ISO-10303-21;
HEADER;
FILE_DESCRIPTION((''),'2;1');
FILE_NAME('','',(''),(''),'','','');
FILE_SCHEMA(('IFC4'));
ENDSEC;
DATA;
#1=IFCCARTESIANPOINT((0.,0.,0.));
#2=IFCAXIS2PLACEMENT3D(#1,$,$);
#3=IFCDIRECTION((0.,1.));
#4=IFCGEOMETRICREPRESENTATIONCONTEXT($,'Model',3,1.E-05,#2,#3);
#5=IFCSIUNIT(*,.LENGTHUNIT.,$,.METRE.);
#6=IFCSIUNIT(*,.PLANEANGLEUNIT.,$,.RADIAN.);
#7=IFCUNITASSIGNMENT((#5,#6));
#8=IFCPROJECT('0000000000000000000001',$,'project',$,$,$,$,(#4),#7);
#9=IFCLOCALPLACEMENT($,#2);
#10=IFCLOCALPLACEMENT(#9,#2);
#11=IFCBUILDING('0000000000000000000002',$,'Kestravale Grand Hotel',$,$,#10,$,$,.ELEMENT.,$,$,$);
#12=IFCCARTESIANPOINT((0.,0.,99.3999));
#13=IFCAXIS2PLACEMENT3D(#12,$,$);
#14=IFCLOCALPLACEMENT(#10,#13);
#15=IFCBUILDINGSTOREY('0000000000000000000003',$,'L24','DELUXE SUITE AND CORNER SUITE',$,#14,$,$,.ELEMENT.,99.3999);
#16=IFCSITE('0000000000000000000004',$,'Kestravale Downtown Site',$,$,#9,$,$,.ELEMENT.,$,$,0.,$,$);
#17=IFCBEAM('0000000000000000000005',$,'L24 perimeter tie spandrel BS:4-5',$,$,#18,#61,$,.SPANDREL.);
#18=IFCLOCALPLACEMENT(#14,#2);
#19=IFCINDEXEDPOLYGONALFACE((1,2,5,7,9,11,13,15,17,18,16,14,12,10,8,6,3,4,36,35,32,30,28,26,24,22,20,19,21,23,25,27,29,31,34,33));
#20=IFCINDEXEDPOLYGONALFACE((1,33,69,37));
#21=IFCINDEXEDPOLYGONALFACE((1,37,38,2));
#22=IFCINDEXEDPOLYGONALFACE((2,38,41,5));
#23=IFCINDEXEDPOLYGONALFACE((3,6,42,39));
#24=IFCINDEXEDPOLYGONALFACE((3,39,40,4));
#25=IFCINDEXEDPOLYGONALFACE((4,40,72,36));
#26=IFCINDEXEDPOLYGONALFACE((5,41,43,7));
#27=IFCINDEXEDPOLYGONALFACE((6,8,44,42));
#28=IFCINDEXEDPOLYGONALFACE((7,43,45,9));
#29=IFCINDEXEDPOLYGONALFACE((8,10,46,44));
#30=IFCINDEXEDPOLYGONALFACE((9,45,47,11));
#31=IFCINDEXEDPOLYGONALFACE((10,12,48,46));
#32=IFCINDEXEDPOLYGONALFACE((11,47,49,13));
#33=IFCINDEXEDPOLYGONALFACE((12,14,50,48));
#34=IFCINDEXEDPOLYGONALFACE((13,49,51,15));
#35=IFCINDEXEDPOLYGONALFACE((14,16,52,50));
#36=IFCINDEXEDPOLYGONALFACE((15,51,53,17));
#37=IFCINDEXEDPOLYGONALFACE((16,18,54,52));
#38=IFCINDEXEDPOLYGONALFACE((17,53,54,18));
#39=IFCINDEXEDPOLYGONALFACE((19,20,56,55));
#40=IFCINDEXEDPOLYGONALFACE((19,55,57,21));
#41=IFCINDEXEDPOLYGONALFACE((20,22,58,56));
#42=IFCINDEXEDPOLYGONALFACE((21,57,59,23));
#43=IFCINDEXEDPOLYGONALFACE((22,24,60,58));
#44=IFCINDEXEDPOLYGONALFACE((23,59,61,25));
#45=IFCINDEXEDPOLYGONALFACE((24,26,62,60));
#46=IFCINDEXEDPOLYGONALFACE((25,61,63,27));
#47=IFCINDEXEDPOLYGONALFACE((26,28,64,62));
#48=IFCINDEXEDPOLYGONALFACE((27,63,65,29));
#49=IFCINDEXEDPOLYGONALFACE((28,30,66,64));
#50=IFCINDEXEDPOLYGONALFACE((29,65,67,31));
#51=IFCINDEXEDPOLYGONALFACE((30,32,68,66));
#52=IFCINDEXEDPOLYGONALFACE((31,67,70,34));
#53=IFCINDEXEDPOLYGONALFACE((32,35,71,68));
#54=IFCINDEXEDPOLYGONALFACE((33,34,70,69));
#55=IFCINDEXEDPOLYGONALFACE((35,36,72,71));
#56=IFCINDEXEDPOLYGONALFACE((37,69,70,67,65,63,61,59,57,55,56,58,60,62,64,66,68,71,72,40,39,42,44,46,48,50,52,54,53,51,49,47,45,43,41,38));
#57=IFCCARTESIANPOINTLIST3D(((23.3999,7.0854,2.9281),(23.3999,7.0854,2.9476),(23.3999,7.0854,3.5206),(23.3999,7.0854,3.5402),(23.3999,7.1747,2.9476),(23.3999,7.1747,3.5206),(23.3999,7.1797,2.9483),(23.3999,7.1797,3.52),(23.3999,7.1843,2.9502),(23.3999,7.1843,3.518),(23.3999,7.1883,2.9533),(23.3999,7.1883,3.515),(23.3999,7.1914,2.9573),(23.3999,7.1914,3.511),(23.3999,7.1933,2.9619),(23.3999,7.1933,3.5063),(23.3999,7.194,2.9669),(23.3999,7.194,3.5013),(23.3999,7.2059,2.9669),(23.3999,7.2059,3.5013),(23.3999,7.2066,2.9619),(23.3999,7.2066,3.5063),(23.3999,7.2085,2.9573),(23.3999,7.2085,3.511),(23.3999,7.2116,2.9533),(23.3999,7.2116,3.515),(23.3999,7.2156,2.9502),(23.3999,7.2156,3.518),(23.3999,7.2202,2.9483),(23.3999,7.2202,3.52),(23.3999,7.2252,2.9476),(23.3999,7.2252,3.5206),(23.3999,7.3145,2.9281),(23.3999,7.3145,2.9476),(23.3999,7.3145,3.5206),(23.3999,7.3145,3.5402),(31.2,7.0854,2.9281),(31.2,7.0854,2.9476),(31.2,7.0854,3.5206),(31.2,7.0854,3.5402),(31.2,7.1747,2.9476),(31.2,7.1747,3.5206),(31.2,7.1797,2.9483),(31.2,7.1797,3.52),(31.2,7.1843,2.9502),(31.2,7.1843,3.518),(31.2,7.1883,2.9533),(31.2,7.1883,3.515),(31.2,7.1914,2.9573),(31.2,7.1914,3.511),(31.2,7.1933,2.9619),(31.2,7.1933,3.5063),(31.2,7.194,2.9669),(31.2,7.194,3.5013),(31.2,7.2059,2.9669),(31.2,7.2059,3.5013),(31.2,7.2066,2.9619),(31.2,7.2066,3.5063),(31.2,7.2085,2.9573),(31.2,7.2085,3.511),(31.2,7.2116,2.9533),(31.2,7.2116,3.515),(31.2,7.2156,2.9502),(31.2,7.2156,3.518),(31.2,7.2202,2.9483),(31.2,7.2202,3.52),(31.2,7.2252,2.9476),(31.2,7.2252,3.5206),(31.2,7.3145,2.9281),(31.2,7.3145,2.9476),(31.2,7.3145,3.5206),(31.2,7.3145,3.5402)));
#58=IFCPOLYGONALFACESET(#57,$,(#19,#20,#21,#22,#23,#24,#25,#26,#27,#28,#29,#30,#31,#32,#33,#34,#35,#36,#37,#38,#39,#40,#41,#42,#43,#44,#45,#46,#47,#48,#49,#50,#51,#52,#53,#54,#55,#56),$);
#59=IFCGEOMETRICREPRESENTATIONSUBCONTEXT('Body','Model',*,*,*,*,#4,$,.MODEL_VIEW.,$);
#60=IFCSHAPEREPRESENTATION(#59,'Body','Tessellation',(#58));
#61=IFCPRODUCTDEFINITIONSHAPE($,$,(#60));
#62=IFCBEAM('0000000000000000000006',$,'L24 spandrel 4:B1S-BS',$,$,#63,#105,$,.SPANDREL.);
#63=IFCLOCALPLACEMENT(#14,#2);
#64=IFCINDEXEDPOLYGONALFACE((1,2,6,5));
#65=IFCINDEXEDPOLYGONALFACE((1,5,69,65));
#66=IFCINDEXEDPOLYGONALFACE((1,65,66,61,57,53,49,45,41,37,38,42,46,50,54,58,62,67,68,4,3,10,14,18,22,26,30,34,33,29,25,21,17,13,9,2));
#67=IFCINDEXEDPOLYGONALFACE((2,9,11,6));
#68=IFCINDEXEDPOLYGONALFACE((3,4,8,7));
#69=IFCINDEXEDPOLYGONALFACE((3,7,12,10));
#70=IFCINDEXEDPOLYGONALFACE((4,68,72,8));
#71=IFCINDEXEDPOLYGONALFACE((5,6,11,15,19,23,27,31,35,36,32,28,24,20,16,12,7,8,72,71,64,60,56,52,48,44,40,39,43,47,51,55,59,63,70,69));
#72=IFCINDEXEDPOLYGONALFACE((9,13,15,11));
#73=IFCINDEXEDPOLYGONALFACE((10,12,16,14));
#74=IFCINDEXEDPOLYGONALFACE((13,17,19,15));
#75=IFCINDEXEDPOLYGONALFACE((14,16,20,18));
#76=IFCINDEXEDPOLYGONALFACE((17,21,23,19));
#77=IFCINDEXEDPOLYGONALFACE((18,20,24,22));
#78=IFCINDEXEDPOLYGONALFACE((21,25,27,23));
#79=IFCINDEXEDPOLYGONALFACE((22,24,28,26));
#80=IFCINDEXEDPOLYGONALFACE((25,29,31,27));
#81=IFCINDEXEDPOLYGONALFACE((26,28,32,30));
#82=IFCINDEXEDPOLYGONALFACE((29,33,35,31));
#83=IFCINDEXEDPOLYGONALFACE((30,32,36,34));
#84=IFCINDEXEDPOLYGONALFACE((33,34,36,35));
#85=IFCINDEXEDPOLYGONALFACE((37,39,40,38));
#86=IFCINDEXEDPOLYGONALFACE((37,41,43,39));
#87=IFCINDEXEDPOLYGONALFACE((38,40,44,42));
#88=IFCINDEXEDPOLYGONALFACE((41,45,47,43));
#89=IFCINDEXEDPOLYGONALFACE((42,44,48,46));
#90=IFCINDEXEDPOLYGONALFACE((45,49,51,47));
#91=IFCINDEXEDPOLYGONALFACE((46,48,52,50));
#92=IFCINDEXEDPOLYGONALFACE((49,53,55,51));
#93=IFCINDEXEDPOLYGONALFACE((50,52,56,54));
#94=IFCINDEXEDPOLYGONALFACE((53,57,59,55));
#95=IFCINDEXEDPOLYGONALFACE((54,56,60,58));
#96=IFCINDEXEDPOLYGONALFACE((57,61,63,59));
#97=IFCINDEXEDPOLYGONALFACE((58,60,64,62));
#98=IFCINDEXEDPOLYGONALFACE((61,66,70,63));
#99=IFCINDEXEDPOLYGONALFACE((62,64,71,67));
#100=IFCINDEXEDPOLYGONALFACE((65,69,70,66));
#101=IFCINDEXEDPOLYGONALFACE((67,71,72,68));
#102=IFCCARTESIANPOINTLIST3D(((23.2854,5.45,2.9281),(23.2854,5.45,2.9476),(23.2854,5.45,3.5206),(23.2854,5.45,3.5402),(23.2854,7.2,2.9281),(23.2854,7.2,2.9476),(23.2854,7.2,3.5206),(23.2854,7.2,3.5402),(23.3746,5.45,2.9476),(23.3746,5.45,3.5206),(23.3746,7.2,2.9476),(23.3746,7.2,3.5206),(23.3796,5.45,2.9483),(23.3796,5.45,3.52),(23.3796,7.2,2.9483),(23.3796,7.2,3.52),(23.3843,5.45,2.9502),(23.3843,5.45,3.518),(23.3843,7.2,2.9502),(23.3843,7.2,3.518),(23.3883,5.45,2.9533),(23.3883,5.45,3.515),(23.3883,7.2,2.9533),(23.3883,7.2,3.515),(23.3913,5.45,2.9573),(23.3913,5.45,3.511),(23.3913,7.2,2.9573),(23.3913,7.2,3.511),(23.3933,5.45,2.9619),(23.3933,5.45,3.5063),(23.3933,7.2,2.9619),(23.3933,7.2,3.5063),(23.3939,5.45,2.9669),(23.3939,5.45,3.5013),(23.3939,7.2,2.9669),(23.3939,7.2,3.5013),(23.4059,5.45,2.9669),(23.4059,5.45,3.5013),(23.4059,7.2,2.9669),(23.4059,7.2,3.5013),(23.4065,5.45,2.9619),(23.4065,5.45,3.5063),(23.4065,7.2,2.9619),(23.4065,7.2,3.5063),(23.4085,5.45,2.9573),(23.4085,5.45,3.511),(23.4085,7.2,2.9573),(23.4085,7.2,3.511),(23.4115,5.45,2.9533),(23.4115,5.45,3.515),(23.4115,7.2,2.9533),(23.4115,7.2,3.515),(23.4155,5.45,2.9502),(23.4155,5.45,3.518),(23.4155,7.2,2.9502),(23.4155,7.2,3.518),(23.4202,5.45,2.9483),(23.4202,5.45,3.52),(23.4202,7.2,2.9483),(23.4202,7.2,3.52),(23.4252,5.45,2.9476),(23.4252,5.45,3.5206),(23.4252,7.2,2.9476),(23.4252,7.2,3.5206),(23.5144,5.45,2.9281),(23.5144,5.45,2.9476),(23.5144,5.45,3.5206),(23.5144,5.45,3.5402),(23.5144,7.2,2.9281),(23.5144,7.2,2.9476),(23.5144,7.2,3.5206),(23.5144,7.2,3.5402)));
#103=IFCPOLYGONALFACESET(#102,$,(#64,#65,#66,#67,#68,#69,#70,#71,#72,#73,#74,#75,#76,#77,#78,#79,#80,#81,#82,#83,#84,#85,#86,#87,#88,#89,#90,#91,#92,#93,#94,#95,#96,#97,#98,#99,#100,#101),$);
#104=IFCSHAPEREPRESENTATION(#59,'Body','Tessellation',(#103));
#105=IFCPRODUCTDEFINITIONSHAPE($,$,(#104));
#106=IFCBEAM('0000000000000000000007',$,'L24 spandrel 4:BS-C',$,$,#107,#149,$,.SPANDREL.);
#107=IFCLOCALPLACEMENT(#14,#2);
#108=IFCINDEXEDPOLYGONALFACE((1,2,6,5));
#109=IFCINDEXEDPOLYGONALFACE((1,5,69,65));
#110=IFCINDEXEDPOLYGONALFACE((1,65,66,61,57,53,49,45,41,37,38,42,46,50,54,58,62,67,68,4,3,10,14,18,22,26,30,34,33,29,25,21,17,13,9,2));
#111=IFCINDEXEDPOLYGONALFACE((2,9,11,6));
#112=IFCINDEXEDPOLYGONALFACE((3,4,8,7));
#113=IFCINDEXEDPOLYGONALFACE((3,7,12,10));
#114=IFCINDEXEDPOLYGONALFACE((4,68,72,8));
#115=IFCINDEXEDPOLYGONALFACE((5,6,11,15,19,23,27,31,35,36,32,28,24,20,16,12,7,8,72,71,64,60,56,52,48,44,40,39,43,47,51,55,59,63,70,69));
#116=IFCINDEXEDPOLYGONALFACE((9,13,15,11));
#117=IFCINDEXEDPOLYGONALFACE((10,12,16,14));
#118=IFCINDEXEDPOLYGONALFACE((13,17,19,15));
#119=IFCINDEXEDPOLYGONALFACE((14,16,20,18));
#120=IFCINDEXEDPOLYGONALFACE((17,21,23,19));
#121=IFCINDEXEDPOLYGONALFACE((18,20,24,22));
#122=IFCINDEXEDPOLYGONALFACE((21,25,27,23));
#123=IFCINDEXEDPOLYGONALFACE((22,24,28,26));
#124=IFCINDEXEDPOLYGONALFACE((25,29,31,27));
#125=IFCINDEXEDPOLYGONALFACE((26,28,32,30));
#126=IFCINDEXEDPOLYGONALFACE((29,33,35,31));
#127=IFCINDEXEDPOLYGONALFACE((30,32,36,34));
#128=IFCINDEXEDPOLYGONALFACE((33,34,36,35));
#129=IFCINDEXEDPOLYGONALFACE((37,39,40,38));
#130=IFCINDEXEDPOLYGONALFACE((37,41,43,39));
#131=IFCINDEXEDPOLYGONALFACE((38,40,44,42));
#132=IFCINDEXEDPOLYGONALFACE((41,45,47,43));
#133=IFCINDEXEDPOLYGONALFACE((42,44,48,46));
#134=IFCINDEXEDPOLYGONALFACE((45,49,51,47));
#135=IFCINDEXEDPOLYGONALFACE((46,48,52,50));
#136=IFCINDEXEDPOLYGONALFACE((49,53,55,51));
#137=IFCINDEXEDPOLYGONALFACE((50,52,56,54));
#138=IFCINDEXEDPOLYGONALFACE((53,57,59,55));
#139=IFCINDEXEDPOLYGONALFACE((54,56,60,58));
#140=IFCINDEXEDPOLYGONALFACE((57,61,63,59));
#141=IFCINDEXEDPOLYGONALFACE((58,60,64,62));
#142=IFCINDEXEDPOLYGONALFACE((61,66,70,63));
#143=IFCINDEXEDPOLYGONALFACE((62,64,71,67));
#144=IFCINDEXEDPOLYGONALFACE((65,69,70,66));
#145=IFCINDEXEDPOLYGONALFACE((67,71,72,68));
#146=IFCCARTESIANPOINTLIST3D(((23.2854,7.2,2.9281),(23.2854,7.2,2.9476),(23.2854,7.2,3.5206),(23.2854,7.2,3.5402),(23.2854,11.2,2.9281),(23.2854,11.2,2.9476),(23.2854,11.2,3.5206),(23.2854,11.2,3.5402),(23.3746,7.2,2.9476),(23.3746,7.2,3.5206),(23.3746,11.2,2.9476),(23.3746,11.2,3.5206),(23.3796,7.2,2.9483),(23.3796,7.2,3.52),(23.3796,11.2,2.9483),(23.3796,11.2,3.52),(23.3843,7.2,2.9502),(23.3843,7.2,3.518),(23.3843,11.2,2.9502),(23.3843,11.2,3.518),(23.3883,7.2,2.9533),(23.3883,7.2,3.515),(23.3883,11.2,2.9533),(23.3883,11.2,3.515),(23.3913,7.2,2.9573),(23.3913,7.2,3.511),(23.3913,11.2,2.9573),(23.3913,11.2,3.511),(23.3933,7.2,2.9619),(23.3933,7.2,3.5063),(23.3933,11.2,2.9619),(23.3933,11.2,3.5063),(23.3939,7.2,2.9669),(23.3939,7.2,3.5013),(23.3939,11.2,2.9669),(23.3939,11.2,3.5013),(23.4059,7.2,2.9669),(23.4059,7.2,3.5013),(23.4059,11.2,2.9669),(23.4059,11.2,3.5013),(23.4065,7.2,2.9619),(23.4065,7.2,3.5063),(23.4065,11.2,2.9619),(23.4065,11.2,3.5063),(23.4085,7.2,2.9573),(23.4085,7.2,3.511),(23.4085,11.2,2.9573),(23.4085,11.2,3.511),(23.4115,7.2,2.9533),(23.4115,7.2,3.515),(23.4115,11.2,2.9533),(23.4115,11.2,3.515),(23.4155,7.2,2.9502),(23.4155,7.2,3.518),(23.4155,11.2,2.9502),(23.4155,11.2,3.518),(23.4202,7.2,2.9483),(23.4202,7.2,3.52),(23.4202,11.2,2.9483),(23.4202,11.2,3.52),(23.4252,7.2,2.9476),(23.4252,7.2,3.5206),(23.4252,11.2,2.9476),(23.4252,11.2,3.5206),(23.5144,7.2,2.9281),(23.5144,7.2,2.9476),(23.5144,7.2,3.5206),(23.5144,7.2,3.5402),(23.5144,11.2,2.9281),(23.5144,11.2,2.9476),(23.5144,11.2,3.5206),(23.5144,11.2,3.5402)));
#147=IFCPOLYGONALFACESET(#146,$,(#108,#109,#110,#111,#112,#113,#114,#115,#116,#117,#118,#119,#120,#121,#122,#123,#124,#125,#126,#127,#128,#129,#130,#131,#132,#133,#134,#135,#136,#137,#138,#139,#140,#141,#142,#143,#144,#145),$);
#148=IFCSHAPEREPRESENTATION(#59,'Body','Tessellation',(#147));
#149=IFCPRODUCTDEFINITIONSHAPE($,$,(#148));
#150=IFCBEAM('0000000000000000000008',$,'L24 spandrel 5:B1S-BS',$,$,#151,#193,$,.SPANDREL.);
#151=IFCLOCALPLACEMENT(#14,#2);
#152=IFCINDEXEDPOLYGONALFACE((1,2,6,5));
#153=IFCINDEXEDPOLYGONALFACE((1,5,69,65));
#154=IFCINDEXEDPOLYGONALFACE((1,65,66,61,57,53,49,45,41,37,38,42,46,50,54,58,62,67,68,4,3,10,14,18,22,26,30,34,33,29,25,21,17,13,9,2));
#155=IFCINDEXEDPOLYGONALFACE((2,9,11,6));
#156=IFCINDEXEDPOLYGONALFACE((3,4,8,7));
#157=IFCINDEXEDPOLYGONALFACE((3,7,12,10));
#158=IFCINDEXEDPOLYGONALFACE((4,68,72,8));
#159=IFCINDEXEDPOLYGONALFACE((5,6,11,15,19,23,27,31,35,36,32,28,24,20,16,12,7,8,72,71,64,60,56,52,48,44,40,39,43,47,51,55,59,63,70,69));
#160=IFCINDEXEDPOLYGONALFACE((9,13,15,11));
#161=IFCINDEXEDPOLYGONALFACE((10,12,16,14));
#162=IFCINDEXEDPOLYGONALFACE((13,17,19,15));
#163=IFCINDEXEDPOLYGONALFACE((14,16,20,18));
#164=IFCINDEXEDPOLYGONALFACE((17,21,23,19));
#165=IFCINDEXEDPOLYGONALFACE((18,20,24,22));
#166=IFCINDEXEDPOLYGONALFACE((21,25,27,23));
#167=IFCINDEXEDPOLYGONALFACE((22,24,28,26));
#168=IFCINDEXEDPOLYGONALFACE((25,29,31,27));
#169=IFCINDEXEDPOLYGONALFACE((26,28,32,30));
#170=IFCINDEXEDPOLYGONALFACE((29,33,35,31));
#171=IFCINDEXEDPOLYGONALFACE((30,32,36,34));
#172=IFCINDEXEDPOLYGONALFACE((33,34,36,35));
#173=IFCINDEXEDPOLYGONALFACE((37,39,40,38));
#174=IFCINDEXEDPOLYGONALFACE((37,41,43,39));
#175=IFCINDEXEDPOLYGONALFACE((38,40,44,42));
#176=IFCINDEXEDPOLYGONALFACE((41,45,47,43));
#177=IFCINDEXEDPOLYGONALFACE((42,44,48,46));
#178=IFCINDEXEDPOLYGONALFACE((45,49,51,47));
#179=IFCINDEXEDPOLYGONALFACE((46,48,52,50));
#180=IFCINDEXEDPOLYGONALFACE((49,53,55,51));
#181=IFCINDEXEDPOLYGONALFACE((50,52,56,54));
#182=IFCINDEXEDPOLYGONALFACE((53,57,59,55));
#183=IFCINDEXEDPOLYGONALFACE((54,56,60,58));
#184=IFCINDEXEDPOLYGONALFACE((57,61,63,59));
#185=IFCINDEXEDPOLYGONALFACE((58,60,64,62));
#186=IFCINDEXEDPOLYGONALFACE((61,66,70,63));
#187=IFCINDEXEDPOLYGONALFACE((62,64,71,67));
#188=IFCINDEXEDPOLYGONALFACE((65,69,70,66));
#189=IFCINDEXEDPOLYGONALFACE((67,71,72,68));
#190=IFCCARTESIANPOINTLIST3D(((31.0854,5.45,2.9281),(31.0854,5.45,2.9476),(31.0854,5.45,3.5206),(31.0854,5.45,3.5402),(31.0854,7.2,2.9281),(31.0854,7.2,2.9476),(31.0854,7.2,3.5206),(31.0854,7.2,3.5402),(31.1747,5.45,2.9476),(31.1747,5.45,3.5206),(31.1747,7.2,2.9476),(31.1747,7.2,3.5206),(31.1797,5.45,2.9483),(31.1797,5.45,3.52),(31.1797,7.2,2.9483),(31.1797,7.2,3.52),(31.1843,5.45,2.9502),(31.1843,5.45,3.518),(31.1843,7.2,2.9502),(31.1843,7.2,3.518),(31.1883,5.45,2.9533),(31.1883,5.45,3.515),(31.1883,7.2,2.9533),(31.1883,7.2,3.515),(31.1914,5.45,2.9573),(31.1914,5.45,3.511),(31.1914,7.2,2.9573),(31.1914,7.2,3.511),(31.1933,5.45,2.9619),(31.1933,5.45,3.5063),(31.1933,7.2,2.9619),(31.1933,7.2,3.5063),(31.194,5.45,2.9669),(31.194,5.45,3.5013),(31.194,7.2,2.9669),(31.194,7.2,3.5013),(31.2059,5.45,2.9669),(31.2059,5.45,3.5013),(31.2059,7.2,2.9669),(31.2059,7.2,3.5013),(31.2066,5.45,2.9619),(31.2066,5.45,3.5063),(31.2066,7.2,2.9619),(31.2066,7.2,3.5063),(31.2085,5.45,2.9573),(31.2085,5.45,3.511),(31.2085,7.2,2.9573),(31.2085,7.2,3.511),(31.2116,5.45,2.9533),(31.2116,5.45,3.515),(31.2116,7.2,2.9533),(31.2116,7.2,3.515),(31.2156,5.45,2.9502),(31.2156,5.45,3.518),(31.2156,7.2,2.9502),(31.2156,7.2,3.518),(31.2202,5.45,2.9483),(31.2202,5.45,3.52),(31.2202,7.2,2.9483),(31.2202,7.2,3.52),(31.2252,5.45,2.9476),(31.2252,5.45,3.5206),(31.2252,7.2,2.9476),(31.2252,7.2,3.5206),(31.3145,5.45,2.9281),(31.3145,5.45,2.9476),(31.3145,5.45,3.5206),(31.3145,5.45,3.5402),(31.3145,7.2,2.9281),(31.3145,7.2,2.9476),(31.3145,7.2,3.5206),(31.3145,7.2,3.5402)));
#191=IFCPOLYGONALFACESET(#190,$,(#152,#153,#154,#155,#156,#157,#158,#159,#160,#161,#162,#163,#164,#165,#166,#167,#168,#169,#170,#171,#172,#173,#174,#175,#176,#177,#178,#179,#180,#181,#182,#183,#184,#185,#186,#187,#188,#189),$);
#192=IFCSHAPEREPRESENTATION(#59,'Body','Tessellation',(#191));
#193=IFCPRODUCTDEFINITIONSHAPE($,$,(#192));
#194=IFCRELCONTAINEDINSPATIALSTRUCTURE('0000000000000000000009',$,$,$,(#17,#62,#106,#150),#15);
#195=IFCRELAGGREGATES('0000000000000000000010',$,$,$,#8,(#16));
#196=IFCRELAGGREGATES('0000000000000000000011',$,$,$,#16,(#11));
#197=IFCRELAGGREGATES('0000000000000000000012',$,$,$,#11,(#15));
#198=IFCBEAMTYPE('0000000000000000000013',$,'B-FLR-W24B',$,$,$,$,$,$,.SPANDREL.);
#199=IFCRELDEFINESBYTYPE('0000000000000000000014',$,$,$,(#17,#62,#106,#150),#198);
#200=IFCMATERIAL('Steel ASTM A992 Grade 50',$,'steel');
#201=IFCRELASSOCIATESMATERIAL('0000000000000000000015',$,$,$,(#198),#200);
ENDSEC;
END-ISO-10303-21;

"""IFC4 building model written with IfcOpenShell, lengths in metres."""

from ifc_helpers import new_model, si_unit, direction, frame, origin, origin_2d, place, context, subcontext, project, spatial, i_section, extrude, material, material_profile, profile_set, type_object, element, save


model = new_model("IFC4")

# Units and contexts
model_context = context("Model", 3, precision=1e-05, world=origin(), true_north=direction((0.0, 1.0)))
body_context = subcontext(model_context, "Body", "Model", "MODEL_VIEW")
ifc_project = project(units=[si_unit("LENGTHUNIT", "METRE"), si_unit("PLANEANGLEUNIT", "RADIAN")], contexts=[model_context])

# Site, building, storey
site_placement = place(None, origin())
site = spatial("IfcSite", under=ifc_project, at=site_placement, Name="Kestravale Downtown Site", CompositionType="ELEMENT", RefElevation=0.0)
building_placement = place(site_placement, origin())
building = spatial("IfcBuilding", under=site, at=building_placement, Name="Kestravale Grand Hotel", CompositionType="ELEMENT")
storey_placement = place(building_placement, frame((0.0, 0.0, 99.3999)))
storey = spatial("IfcBuildingStorey", under=building, at=storey_placement, Name="L24", Description="DELUXE SUITE AND CORNER SUITE", CompositionType="ELEMENT", Elevation=99.3999)

# Beams
ifc_material_1 = material(Name="Steel ASTM A992 Grade 50", Category="steel")
ifc_material_profile_1 = material_profile(ifc_material_1, i_section(OverallWidth=0.229, OverallDepth=0.6121, WebThickness=0.012, FlangeThickness=0.0195, FilletRadius=0.0193, at=origin_2d()))
ifc_profile_set_1 = profile_set([ifc_material_profile_1], Name="Steel ASTM A992 Grade 50")
beam_type_1 = type_object("IfcBeamType", Name="B-FLR-W24B", PredefinedType="SPANDREL", material=ifc_profile_set_1)
for number, where, z_axis, x_axis, name in (
    (1, (23.3999, 7.2, 3.2341), (1.0, 0.0, 0.0), (0.0, 1.0, 0.0), "L24 perimeter tie spandrel BS:4-5"),
):
    element("IfcBeam", number, at=place(storey_placement, frame(where, z_axis=z_axis, x_axis=x_axis)), inside=storey, type_object=beam_type_1, Name=name, PredefinedType="SPANDREL", context=body_context, shape_type="SweptSolid", body=[
        extrude(i_section(OverallWidth=0.229, OverallDepth=0.6121, WebThickness=0.012, FlangeThickness=0.0195, FilletRadius=0.0193, at=origin_2d()), origin(), (0.0, 0.0, 1.0), 7.8),
    ])
beam_1_placement = place(storey_placement, frame((23.3999, 5.45, 3.2341), z_axis=(0.0, 1.0, 0.0), x_axis=(-1.0, 0.0, 0.0)))
element("IfcBeam", 2, at=beam_1_placement, inside=storey, type_object=beam_type_1, Name="L24 spandrel 4:B1S-BS", PredefinedType="SPANDREL", context=body_context, shape_type="SweptSolid", body=[
    extrude(i_section(OverallWidth=0.229, OverallDepth=0.6121, WebThickness=0.012, FlangeThickness=0.0195, FilletRadius=0.0193, at=origin_2d()), origin(), (0.0, 0.0, 1.0), 1.75),
])
beam_2_placement = place(storey_placement, frame((23.3999, 7.2, 3.2341), z_axis=(0.0, 1.0, 0.0), x_axis=(-1.0, 0.0, 0.0)))
element("IfcBeam", 3, at=beam_2_placement, inside=storey, type_object=beam_type_1, Name="L24 spandrel 4:BS-C", PredefinedType="SPANDREL", context=body_context, shape_type="SweptSolid", body=[
    extrude(i_section(OverallWidth=0.229, OverallDepth=0.6121, WebThickness=0.012, FlangeThickness=0.0195, FilletRadius=0.0193, at=origin_2d()), origin(), (0.0, 0.0, 1.0), 4.0),
])
beam_3_placement = place(storey_placement, frame((31.2, 5.45, 3.2341), z_axis=(0.0, 1.0, 0.0), x_axis=(-1.0, 0.0, 0.0)))
element("IfcBeam", 4, at=beam_3_placement, inside=storey, type_object=beam_type_1, Name="L24 spandrel 5:B1S-BS", PredefinedType="SPANDREL", context=body_context, shape_type="SweptSolid", body=[
    extrude(i_section(OverallWidth=0.229, OverallDepth=0.6121, WebThickness=0.012, FlangeThickness=0.0195, FilletRadius=0.0193, at=origin_2d()), origin(), (0.0, 0.0, 1.0), 1.75),
])

save(model, "model.ifc")
